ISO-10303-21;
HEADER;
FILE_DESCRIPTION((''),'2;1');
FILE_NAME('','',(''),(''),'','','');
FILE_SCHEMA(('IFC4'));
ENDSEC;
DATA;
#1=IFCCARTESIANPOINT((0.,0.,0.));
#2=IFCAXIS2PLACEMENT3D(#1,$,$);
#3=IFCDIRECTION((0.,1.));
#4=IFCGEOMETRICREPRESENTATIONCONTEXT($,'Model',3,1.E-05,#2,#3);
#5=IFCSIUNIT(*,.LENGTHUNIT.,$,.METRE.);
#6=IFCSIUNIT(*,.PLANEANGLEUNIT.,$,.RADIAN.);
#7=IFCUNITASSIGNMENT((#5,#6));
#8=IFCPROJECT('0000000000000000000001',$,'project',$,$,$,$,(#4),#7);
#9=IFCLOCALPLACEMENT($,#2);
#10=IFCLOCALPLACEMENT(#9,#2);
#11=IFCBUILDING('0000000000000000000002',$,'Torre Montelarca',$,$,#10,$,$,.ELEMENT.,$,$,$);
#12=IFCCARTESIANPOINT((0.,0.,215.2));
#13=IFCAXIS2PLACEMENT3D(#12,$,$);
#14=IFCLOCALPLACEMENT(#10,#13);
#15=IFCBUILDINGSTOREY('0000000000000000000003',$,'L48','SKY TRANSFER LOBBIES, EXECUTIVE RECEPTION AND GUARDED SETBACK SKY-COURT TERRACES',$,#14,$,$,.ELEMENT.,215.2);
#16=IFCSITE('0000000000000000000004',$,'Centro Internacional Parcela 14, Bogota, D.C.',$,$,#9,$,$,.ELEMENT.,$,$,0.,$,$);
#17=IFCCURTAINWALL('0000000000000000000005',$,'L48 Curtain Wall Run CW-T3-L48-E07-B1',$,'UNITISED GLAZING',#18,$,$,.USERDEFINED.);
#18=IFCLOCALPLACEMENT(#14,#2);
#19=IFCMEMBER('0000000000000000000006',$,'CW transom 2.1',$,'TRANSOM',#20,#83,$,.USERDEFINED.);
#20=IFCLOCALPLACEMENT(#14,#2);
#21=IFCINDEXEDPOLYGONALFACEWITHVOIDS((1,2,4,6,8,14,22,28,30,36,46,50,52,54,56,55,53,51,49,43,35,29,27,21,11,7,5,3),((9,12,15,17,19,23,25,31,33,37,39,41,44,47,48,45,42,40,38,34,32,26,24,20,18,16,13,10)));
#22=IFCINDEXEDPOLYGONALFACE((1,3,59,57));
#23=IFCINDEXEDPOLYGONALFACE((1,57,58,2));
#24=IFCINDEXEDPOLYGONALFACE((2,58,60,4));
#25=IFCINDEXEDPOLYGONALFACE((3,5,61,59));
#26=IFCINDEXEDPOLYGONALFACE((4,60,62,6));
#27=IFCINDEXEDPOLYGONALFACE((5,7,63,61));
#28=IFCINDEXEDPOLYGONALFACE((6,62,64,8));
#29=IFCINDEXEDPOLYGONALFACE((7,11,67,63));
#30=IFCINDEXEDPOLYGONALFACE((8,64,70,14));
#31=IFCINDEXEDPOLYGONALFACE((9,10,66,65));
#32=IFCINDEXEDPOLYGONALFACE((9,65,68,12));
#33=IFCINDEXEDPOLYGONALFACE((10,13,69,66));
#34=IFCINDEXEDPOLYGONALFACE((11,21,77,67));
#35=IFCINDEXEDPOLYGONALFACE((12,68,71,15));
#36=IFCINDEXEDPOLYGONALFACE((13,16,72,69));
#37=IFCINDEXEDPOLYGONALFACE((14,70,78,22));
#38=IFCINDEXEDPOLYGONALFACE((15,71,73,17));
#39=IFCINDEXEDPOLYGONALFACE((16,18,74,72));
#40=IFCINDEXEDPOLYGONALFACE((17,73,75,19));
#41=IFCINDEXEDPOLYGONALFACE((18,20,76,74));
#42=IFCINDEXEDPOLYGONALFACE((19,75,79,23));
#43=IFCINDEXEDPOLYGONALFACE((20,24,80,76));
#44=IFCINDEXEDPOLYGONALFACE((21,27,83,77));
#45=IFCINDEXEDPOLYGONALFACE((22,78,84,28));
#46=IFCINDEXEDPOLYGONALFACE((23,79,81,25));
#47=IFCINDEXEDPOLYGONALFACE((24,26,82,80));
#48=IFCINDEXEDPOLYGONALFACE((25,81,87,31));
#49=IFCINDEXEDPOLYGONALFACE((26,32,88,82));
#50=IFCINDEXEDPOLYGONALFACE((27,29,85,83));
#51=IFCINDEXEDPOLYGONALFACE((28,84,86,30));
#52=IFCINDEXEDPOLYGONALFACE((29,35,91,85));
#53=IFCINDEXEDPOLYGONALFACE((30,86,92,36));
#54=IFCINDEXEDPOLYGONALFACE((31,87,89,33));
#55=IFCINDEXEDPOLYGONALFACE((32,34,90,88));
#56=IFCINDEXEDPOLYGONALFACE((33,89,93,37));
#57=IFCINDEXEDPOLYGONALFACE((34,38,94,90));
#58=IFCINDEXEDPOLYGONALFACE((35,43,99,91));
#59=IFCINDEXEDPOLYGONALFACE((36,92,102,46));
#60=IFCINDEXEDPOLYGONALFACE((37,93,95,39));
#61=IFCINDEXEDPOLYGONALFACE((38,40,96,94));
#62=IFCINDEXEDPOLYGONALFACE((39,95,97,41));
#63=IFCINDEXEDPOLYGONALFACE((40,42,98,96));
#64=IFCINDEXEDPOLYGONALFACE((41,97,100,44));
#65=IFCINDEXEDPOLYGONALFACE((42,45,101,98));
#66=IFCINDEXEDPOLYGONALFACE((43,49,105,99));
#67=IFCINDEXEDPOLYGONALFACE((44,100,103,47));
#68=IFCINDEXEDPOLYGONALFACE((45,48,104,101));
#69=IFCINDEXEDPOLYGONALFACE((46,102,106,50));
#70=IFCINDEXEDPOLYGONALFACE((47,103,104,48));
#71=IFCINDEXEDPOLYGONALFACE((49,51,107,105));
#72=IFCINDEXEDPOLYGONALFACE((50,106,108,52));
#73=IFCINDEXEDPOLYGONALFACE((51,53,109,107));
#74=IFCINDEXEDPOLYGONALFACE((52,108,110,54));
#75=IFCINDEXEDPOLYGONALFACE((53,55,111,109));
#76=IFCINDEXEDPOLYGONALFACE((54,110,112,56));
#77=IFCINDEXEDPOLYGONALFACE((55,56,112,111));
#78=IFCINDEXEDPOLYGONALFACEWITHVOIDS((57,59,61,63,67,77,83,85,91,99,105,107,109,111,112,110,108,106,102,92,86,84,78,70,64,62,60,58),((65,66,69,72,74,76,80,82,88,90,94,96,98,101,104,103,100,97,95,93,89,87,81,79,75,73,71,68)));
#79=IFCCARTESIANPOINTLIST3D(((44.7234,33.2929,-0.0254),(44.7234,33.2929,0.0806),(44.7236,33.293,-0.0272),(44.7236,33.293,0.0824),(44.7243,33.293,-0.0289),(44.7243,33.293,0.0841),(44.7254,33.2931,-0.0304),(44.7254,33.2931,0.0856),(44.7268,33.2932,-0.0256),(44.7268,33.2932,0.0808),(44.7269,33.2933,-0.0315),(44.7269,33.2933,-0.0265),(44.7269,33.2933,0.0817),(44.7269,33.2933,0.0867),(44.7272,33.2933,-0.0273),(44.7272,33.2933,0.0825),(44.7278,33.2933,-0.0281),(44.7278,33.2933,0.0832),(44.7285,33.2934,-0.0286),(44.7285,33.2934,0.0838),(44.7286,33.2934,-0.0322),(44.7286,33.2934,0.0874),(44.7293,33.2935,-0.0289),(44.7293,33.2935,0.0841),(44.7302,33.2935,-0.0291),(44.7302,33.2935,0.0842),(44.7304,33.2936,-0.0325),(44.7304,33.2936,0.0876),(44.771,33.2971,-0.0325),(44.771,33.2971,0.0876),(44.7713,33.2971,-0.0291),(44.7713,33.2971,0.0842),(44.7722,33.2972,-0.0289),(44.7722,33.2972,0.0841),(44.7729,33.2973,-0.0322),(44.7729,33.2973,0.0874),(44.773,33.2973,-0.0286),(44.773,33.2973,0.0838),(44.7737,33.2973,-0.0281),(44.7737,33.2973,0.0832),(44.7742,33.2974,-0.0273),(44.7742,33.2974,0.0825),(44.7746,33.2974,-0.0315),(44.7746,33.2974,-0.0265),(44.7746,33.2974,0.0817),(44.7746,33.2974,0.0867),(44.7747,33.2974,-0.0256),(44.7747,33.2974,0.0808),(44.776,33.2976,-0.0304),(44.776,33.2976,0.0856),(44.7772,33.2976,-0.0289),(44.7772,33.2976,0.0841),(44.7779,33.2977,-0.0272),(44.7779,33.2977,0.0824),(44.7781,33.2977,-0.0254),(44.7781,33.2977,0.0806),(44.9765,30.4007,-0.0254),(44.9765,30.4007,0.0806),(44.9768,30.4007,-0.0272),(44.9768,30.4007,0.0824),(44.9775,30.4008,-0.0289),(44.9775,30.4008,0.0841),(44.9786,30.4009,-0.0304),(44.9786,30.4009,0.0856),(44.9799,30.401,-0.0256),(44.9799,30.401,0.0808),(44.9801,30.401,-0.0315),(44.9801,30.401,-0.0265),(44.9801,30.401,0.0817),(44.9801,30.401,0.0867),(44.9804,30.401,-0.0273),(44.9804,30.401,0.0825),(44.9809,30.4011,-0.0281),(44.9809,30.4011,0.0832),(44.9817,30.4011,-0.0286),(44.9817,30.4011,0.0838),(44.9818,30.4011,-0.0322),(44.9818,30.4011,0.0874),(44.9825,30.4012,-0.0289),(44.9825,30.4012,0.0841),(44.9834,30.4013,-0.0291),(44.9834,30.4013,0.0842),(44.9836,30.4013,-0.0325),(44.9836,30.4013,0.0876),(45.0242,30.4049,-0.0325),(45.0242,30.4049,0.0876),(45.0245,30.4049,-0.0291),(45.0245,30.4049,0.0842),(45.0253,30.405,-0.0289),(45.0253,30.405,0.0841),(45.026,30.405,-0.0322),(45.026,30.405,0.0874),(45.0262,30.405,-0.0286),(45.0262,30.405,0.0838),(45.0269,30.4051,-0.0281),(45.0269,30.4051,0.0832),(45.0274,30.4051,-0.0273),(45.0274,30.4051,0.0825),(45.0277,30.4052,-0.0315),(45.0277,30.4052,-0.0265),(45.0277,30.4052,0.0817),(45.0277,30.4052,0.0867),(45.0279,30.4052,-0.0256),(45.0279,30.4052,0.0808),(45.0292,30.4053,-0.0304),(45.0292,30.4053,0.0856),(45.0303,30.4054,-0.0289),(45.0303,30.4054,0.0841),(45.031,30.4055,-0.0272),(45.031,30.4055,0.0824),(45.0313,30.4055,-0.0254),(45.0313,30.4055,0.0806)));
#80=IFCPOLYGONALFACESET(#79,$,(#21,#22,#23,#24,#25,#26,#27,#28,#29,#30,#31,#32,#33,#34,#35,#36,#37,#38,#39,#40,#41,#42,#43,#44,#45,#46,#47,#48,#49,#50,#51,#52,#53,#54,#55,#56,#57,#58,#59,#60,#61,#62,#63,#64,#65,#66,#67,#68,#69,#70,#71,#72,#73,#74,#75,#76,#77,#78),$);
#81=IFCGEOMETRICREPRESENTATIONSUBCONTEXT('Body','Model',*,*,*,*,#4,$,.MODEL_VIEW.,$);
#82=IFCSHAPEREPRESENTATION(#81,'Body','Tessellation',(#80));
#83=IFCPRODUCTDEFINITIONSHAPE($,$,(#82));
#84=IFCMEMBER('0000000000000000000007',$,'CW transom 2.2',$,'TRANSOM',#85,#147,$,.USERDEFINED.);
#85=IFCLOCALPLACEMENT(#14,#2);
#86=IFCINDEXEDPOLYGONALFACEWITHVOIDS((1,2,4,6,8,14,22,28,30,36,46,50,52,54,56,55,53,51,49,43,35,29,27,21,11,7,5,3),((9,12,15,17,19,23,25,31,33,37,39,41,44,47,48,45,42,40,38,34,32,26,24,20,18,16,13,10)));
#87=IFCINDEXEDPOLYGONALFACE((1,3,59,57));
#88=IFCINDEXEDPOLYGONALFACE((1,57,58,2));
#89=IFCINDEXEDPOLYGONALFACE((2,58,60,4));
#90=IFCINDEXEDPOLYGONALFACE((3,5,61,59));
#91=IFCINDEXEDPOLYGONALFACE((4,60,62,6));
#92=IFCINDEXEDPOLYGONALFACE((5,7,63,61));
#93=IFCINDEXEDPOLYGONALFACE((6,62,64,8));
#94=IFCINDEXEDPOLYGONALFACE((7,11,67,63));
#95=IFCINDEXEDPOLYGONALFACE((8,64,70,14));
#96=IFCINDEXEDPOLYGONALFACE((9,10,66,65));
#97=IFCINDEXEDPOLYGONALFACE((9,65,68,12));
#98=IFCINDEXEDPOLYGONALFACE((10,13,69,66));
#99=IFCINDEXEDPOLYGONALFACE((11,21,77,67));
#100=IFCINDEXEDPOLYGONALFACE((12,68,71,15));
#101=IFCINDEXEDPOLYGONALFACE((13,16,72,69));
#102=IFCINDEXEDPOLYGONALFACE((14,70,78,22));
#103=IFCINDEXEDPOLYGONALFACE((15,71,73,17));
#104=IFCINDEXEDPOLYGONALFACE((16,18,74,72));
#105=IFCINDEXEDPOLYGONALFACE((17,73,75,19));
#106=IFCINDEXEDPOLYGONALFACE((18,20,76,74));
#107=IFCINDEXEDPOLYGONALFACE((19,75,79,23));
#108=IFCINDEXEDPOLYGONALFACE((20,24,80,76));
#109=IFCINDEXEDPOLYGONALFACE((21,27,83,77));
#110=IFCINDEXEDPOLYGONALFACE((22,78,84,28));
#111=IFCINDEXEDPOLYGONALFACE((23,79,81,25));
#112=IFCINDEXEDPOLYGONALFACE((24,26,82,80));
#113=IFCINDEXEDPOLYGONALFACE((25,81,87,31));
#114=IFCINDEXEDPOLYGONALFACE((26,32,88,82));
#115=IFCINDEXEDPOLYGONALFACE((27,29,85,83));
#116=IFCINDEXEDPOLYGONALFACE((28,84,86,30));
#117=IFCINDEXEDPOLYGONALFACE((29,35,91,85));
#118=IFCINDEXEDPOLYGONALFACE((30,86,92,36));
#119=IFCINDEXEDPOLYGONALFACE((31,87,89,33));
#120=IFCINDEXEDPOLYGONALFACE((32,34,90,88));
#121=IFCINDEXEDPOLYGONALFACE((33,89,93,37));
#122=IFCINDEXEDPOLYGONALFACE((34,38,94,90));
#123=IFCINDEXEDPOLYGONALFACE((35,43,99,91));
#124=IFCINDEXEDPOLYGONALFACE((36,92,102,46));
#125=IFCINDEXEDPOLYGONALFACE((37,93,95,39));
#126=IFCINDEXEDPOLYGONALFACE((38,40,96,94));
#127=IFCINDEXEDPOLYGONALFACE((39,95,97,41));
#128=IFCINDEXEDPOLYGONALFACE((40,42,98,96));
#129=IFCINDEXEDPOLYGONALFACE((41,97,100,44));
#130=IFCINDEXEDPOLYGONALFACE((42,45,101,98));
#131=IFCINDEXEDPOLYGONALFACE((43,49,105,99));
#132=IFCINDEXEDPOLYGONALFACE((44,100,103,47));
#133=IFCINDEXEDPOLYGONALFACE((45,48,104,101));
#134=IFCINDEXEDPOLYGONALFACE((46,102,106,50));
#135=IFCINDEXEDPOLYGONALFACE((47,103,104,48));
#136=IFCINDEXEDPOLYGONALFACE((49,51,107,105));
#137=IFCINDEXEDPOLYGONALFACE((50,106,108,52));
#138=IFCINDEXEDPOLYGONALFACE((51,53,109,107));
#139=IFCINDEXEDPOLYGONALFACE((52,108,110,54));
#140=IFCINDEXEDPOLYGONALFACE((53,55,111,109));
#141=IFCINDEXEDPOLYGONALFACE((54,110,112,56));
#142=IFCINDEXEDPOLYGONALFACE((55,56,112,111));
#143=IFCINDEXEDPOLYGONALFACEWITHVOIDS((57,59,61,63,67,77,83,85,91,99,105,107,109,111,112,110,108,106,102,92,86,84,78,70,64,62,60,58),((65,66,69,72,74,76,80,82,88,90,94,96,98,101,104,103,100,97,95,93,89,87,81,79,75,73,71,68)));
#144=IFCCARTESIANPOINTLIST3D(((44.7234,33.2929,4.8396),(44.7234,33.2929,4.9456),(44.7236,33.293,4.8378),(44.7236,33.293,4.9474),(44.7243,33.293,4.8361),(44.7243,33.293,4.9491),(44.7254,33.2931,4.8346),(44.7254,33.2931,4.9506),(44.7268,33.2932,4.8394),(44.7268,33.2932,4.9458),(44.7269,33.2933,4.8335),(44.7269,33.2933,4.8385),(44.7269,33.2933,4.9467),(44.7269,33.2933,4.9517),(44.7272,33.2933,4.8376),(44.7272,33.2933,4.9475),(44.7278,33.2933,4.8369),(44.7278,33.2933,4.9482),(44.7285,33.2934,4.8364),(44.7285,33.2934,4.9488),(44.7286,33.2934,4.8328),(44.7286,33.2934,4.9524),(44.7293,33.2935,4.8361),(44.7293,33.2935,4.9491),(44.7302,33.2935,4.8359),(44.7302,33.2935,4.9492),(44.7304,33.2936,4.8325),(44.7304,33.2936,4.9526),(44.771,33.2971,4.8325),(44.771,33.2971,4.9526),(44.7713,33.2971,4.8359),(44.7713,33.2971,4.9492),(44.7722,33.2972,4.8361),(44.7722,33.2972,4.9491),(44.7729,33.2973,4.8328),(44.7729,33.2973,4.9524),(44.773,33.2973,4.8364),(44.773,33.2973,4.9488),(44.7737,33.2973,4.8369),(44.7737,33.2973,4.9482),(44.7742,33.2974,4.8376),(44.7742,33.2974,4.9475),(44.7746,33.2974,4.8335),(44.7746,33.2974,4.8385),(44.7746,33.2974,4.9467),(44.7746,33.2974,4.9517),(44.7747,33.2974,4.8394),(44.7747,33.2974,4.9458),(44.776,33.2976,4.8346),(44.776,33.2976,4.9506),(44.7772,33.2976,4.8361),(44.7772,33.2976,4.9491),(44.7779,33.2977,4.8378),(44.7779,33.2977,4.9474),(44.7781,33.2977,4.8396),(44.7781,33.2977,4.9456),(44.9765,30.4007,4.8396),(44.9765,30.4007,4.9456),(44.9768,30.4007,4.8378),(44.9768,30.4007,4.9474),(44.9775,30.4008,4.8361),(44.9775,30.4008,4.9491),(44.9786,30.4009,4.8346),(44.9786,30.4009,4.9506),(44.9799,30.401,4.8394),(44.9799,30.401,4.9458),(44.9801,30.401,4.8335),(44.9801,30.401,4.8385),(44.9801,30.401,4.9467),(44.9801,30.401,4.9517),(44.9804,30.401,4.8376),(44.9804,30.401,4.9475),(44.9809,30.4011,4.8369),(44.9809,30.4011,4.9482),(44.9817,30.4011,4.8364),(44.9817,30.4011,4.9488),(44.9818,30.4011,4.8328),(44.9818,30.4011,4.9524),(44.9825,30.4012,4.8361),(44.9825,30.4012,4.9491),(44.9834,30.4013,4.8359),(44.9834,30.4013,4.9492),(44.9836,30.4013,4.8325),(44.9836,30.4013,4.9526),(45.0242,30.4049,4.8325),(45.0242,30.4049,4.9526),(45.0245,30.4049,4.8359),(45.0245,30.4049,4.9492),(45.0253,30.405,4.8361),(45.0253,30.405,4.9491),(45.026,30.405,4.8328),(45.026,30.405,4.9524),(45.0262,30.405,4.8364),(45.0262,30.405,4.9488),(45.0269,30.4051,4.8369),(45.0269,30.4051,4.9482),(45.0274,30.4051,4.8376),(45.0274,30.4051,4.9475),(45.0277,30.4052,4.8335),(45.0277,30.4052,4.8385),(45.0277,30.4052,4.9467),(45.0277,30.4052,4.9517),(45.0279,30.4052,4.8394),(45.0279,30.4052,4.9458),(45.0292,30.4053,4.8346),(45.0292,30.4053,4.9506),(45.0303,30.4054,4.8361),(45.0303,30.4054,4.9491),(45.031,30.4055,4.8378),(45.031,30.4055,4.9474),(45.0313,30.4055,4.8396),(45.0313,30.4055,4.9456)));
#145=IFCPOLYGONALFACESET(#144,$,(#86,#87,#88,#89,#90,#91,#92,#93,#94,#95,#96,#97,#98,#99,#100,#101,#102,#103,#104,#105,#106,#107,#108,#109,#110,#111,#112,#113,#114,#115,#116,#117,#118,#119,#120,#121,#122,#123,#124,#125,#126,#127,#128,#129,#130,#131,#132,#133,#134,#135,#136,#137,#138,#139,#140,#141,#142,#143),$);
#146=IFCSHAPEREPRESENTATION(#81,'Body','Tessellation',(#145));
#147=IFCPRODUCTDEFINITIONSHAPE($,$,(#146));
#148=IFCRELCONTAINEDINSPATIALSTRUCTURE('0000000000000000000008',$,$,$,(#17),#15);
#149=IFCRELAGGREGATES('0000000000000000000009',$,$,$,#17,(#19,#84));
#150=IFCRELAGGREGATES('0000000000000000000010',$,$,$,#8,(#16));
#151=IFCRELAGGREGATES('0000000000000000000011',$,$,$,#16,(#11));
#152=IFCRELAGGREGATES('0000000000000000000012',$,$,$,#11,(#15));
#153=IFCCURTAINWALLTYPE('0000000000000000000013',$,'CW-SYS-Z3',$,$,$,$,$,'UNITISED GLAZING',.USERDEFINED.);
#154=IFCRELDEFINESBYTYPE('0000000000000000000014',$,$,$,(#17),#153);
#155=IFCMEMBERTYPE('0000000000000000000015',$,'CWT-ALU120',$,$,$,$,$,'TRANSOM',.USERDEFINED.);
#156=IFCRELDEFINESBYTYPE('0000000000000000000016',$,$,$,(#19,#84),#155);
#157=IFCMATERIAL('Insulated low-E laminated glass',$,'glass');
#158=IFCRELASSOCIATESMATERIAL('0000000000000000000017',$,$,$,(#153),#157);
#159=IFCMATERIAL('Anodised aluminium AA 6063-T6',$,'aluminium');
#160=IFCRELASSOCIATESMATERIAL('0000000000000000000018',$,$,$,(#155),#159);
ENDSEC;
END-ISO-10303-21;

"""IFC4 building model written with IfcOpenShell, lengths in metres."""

from ifc_helpers import new_model, si_unit, direction, frame, origin, origin_2d, place, context, subcontext, project, spatial, hollow_rectangle, extrude, source, transform, mapped, material, material_profile, profile_set, type_object, element, aggregate, save


model = new_model("IFC4")

# Units and contexts
model_context = context("Model", 3, precision=1e-05, world=origin(), true_north=direction((0.0, 1.0)))
body_context = subcontext(model_context, "Body", "Model", "MODEL_VIEW")
ifc_project = project(units=[si_unit("LENGTHUNIT", "METRE"), si_unit("PLANEANGLEUNIT", "RADIAN")], contexts=[model_context])

# Site, building, storey
site_placement = place(None, origin())
site = spatial("IfcSite", under=ifc_project, at=site_placement, Name="Centro Internacional Parcela 14, Bogota, D.C.", CompositionType="ELEMENT", RefElevation=0.0)
building_placement = place(site_placement, origin())
building = spatial("IfcBuilding", under=site, at=building_placement, Name="Torre Montelarca", CompositionType="ELEMENT")
storey_placement = place(building_placement, frame((0.0, 0.0, 215.2)))
storey = spatial("IfcBuildingStorey", under=building, at=storey_placement, Name="L48", Description="SKY TRANSFER LOBBIES, EXECUTIVE RECEPTION AND GUARDED SETBACK SKY-COURT TERRACES", CompositionType="ELEMENT", Elevation=215.2)

# Curtain wall
ifc_material_1 = material(Name="Insulated low-E laminated glass", Category="glass")
curtain_wall_type = type_object("IfcCurtainWallType", Name="CW-SYS-Z3", ElementType="UNITISED GLAZING", PredefinedType="USERDEFINED", material=ifc_material_1)
curtain_wall_1_placement = place(storey_placement, origin())
curtain_wall_1 = element("IfcCurtainWall", 1, at=curtain_wall_1_placement, inside=storey, type_object=curtain_wall_type, Name="L48 Curtain Wall Run CW-T3-L48-E07-B1", ObjectType="UNITISED GLAZING", PredefinedType="USERDEFINED")
ifc_material_2 = material(Name="Anodised aluminium AA 6063-T6", Category="aluminium")
ifc_material_profile_1 = material_profile(ifc_material_2, hollow_rectangle(XDim=0.0549, YDim=0.1201, WallThickness=0.0034, InnerFilletRadius=0.0034, OuterFilletRadius=0.0071, at=origin_2d()), Name="ALU55X120X3.5", Category="aluminium")
ifc_profile_set_1 = profile_set([ifc_material_profile_1], Name="Anodised aluminium AA 6063-T6")
member_type_1 = type_object("IfcMemberType", Name="CWT-ALU120", ElementType="TRANSOM", PredefinedType="USERDEFINED", material=ifc_profile_set_1)

# Members
shared_shape_1 = source(origin(), body_context, "Body", "SweptSolid", [
    extrude(hollow_rectangle(XDim=0.0549, YDim=0.1201, WallThickness=0.0034, InnerFilletRadius=0.0034, OuterFilletRadius=0.0071, at=origin_2d()), origin(), (0.0, 0.0, 1.0), 2.9033),
])
member_1_placement = place(storey_placement, frame((45.0039, 30.4031, 0.0276), z_axis=(-0.087199, 0.996191, 0.0), x_axis=(-0.996191, -0.087199, 0.0)))
member_1 = element("IfcMember", 2, at=member_1_placement, type_object=member_type_1, Name="CW transom 2.1", ObjectType="TRANSOM", PredefinedType="USERDEFINED", context=body_context, shape_type="MappedRepresentation", body=[
    mapped(shared_shape_1, transform((0.0, 0.0, 0.0), scale=1.0)),
])
member_2_placement = place(storey_placement, frame((45.0039, 30.4031, 4.8926), z_axis=(-0.087199, 0.996191, 0.0), x_axis=(-0.996191, -0.087199, 0.0)))
member_2 = element("IfcMember", 3, at=member_2_placement, type_object=member_type_1, Name="CW transom 2.2", ObjectType="TRANSOM", PredefinedType="USERDEFINED", context=body_context, shape_type="MappedRepresentation", body=[
    mapped(shared_shape_1, transform((0.0, 0.0, 0.0), scale=1.0)),
])

aggregate(curtain_wall_1, [member_1, member_2])

save(model, "model.ifc")
